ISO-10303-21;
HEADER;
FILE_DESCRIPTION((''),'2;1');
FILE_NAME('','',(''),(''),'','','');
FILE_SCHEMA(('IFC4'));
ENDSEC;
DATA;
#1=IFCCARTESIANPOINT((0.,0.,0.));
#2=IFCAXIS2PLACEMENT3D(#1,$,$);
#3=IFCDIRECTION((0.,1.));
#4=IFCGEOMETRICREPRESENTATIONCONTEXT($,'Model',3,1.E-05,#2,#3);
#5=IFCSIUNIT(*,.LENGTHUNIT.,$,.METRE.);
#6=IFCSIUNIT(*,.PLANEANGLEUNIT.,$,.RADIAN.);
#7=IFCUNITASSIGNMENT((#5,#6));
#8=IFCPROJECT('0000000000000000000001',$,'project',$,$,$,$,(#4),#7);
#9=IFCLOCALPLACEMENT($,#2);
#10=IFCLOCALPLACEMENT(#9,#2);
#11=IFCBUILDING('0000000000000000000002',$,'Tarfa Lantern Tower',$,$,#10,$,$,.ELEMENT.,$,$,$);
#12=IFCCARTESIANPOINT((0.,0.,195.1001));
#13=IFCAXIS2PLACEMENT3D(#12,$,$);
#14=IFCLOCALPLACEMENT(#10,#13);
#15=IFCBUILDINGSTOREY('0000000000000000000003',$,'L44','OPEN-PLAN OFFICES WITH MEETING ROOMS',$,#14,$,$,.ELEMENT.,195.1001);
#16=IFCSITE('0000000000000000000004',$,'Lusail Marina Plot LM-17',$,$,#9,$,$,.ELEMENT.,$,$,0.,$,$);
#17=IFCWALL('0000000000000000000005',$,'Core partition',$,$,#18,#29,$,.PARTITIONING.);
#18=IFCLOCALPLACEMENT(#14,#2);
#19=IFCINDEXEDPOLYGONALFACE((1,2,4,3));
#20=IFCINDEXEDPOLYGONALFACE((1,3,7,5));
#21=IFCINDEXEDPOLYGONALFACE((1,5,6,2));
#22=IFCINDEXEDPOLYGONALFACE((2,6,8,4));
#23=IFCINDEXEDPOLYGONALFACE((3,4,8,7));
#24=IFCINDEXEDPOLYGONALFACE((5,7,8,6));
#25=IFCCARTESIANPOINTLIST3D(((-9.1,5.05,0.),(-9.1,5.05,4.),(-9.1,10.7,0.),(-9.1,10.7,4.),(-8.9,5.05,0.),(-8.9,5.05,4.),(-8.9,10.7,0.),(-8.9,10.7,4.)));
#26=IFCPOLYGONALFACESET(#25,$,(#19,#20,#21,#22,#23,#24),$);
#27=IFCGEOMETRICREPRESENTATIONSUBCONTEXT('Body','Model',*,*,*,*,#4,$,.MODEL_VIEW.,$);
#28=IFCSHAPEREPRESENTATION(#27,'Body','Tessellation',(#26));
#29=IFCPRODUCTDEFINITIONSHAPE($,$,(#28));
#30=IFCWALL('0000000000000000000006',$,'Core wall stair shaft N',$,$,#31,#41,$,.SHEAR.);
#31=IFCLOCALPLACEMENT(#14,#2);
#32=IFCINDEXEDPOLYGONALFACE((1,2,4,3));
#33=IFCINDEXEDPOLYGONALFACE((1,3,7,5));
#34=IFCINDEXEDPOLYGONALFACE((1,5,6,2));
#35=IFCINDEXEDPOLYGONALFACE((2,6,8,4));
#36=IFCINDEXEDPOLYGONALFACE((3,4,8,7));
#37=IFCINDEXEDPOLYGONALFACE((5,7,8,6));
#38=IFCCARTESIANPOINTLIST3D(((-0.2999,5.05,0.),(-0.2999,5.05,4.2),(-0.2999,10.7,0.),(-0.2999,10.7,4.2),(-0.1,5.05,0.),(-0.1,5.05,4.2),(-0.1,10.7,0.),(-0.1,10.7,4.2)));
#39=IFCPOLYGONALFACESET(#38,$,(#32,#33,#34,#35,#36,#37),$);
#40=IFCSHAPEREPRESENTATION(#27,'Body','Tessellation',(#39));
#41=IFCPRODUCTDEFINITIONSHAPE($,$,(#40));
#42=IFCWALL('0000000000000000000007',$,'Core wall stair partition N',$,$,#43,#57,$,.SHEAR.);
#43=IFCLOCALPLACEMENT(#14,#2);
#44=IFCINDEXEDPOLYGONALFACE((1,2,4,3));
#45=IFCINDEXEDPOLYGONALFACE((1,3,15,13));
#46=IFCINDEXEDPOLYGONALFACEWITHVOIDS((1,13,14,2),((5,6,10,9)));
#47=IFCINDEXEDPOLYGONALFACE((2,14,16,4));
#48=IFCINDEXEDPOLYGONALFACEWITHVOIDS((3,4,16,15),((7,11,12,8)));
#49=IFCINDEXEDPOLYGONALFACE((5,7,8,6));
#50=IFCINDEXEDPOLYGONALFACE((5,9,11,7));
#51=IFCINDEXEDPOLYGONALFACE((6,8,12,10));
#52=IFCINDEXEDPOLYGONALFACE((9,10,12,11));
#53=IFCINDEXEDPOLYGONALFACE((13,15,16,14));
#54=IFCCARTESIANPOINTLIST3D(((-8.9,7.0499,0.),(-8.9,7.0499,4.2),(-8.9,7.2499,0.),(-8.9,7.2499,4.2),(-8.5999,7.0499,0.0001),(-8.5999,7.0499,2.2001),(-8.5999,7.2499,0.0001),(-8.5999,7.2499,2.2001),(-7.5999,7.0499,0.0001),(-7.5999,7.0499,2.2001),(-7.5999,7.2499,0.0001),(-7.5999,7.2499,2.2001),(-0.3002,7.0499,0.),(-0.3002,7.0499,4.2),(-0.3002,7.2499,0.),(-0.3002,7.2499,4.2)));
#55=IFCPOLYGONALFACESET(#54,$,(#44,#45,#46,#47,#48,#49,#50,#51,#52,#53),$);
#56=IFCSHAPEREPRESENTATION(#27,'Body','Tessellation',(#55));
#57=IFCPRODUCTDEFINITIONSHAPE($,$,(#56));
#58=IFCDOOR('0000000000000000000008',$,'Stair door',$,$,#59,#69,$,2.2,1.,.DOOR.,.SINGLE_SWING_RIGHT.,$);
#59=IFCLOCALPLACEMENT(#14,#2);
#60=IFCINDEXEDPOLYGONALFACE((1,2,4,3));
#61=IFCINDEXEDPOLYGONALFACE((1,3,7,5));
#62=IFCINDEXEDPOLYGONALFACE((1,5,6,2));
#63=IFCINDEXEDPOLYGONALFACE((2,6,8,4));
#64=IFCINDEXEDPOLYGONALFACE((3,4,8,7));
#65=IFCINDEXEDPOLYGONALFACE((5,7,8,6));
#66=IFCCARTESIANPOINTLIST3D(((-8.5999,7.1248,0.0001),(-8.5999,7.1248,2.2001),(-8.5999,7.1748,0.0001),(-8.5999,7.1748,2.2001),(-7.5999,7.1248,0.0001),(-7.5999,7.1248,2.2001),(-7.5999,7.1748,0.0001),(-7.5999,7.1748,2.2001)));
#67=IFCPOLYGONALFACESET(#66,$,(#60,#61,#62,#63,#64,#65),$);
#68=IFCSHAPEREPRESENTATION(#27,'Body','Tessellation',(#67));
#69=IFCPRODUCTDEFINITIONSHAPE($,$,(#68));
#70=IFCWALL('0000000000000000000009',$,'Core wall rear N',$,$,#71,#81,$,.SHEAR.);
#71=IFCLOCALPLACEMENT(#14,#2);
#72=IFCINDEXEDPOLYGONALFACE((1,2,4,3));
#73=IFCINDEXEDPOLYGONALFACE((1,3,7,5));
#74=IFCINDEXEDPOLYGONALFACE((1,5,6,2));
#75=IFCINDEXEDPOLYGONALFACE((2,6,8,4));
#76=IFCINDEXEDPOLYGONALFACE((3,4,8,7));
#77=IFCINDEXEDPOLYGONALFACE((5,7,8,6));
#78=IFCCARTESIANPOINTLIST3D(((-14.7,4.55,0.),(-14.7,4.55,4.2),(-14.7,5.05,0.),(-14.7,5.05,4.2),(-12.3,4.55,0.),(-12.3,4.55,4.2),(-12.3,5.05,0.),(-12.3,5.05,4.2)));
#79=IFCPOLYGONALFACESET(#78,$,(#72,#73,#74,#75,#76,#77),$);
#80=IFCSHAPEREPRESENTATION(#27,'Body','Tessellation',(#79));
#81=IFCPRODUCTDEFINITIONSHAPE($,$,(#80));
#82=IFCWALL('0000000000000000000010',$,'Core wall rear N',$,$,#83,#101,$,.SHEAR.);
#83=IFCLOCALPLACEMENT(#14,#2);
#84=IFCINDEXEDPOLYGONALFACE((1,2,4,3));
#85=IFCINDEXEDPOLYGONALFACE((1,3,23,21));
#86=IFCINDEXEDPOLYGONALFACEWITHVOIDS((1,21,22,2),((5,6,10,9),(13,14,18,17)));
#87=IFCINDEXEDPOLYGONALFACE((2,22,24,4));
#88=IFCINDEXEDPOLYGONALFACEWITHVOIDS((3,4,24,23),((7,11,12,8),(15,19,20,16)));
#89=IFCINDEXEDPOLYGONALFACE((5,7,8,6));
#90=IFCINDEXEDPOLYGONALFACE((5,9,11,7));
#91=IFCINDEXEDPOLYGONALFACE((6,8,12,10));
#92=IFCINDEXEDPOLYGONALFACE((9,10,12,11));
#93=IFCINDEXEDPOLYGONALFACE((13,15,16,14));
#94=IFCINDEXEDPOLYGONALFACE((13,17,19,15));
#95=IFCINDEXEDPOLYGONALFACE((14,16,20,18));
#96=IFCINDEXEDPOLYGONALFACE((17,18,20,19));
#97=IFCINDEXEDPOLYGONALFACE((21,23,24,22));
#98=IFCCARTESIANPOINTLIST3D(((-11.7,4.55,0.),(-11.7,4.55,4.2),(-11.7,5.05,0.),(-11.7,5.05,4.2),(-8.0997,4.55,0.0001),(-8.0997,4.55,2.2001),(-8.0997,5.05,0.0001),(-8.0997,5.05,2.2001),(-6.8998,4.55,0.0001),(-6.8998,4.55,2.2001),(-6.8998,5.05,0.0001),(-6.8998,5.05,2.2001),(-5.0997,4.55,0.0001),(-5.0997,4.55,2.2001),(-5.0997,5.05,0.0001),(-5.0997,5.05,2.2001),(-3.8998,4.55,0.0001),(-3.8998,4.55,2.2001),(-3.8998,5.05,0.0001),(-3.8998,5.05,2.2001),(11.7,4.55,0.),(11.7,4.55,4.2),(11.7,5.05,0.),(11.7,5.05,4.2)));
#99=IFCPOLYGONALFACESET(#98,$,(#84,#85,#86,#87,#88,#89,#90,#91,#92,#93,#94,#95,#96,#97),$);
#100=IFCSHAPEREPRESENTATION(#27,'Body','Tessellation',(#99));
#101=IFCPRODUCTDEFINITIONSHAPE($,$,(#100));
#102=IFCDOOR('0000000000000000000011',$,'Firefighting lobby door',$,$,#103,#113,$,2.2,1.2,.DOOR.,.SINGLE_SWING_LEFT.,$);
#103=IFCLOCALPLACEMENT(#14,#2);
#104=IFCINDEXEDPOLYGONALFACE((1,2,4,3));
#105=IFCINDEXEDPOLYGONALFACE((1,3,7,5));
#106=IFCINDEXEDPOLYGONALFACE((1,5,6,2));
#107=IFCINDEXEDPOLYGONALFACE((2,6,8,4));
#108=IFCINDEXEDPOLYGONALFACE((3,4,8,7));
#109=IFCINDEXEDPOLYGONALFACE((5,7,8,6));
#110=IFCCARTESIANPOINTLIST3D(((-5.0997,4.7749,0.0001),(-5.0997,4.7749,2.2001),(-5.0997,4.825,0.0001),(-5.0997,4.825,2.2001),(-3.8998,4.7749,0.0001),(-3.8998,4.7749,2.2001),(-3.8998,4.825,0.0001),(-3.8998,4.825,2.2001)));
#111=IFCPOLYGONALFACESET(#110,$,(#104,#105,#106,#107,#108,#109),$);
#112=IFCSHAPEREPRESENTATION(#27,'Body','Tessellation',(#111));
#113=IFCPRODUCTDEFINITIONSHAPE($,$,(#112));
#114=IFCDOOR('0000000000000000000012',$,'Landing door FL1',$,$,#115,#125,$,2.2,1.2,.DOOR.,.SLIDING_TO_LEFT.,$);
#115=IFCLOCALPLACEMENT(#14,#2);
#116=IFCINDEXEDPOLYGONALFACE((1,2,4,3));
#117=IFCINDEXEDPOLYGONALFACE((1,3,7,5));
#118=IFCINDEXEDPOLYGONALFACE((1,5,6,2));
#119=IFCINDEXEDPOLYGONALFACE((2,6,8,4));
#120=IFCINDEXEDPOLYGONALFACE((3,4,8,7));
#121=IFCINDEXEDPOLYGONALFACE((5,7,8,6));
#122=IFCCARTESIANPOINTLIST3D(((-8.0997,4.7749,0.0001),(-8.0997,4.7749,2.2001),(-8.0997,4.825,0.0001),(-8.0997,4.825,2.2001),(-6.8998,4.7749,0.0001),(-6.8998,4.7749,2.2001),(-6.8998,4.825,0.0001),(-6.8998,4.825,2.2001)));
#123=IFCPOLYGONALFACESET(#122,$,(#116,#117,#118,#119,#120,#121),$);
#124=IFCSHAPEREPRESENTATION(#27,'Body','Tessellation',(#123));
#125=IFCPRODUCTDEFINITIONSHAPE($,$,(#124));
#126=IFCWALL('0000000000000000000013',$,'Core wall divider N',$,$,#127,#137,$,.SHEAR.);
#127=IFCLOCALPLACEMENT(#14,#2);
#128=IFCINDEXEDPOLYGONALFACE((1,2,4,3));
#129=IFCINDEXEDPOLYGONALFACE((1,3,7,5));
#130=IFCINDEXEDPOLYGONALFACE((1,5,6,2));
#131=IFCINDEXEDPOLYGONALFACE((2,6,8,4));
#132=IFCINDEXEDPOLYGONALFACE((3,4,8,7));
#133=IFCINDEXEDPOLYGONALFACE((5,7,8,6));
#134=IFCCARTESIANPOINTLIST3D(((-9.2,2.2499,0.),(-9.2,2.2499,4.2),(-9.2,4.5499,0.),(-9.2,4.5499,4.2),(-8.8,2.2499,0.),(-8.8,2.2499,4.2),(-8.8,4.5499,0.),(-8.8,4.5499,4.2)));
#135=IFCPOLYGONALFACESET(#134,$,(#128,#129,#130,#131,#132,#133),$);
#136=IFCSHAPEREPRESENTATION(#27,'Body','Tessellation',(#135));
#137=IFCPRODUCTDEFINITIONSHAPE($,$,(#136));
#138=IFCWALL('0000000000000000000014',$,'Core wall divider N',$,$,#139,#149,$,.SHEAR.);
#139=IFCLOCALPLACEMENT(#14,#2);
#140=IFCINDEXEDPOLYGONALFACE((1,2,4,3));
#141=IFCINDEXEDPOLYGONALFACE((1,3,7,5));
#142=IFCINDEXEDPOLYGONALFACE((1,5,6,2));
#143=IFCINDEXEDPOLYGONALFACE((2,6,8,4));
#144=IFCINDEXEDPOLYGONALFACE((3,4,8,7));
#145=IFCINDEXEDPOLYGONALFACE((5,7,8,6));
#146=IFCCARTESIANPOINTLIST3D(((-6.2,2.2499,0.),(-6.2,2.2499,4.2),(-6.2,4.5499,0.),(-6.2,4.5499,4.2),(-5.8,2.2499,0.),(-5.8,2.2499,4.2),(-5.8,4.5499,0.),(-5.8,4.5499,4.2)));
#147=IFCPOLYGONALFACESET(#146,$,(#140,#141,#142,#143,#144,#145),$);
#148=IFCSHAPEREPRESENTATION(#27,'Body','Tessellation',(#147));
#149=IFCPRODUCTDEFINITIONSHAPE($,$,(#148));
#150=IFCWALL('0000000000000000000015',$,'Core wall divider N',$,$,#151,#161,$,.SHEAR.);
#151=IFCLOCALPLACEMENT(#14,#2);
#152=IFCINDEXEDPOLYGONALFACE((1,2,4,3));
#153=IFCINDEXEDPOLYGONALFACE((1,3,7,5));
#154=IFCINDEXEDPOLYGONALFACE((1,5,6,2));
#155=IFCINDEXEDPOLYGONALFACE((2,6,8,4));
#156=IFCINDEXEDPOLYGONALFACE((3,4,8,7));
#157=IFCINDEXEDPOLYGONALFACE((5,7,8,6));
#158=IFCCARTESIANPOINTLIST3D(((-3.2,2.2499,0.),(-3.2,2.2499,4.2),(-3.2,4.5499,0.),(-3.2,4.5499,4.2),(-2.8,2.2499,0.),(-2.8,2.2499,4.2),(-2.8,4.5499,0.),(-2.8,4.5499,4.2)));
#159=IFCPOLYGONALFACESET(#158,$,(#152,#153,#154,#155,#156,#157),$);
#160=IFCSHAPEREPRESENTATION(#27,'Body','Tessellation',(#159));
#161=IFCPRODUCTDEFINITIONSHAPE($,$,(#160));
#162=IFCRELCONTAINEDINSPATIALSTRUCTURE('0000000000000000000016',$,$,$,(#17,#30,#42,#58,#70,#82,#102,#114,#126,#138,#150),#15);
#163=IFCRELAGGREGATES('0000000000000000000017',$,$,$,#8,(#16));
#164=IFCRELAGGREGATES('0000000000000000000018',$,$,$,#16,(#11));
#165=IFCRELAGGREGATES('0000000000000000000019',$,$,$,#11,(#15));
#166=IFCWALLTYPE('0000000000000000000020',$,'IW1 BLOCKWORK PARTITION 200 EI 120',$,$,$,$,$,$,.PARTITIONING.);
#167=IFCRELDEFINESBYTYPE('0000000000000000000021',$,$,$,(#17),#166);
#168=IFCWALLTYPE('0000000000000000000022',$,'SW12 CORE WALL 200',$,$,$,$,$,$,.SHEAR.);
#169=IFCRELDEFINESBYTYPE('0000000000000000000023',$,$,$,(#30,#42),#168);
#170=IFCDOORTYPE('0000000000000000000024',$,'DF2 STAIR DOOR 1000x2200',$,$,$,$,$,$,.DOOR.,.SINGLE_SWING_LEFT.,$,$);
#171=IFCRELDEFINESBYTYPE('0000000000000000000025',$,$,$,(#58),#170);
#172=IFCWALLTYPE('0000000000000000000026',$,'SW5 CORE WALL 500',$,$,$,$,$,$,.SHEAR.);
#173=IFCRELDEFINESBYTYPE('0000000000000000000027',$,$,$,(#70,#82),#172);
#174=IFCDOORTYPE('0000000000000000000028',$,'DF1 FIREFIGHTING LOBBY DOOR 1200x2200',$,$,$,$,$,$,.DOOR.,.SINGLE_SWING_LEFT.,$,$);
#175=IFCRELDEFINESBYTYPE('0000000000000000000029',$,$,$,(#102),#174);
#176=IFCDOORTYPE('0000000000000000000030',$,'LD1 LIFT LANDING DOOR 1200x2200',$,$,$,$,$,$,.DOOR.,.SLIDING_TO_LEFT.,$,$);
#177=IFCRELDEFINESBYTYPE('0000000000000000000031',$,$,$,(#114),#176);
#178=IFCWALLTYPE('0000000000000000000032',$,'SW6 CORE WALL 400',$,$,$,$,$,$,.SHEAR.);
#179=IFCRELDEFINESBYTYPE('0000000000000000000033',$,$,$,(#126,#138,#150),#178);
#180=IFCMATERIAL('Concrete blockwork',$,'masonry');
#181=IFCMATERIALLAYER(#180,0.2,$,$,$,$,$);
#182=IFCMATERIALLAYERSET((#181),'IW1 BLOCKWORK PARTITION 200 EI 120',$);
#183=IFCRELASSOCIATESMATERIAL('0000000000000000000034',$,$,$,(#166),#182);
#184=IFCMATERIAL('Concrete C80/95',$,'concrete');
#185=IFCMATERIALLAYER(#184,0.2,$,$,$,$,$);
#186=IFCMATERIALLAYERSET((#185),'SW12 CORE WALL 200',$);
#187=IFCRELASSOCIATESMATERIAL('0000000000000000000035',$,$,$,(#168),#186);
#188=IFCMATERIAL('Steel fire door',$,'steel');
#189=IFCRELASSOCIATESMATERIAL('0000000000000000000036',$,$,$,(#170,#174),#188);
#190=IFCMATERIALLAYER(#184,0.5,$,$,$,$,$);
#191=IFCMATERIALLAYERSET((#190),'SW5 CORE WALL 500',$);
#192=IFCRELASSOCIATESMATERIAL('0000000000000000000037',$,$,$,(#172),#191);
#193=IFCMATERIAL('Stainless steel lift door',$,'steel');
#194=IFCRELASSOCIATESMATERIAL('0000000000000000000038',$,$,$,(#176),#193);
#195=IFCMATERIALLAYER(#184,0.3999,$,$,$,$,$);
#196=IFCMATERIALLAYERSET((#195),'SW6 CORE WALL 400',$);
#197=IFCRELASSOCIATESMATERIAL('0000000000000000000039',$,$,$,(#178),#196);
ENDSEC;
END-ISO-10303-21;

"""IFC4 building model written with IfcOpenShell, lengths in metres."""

from ifc_helpers import new_model, si_unit, direction, frame, frame_2d, origin, place, context, subcontext, project, spatial, rectangle, extrude, material, layer, layer_set, type_object, element, fill, save


model = new_model("IFC4")

# Units and contexts
model_context = context("Model", 3, precision=1e-05, world=origin(), true_north=direction((0.0, 1.0)))
body_context = subcontext(model_context, "Body", "Model", "MODEL_VIEW")
ifc_project = project(units=[si_unit("LENGTHUNIT", "METRE"), si_unit("PLANEANGLEUNIT", "RADIAN")], contexts=[model_context])

# Site, building, storey
site_placement = place(None, origin())
site = spatial("IfcSite", under=ifc_project, at=site_placement, Name="Lusail Marina Plot LM-17", CompositionType="ELEMENT", RefElevation=0.0)
building_placement = place(site_placement, origin())
building = spatial("IfcBuilding", under=site, at=building_placement, Name="Tarfa Lantern Tower", CompositionType="ELEMENT")
storey_placement = place(building_placement, frame((0.0, 0.0, 195.1001)))
storey = spatial("IfcBuildingStorey", under=building, at=storey_placement, Name="L44", Description="OPEN-PLAN OFFICES WITH MEETING ROOMS", CompositionType="ELEMENT", Elevation=195.1001)

# Walls
ifc_material_1 = material(Name="Concrete blockwork", Category="masonry")
ifc_layer_1 = layer(ifc_material_1, 0.2)
ifc_layer_set_1 = layer_set([ifc_layer_1], Name="IW1 BLOCKWORK PARTITION 200 EI 120")
wall_type_1 = type_object("IfcWallType", Name="IW1 BLOCKWORK PARTITION 200 EI 120", PredefinedType="PARTITIONING", material=ifc_layer_set_1)
wall_1_placement = place(storey_placement, frame((-9.0, 5.05, 0.0), z_axis=(0.0, 0.0, 1.0), x_axis=(0.0, 1.0, 0.0)))
element("IfcWall", 1, at=wall_1_placement, inside=storey, type_object=wall_type_1, Name="Core partition", PredefinedType="PARTITIONING", context=body_context, shape_type="SweptSolid", body=[
    extrude(rectangle(XDim=5.6499, YDim=0.2, at=frame_2d((2.825, 0.0))), origin(), (0.0, 0.0, 1.0), 4.0),
])
ifc_material_2 = material(Name="Concrete C80/95", Category="concrete")
ifc_layer_2 = layer(ifc_material_2, 0.2)
ifc_layer_set_2 = layer_set([ifc_layer_2], Name="SW12 CORE WALL 200")
wall_type_2 = type_object("IfcWallType", Name="SW12 CORE WALL 200", PredefinedType="SHEAR", material=ifc_layer_set_2)
wall_2_placement = place(storey_placement, frame((-0.2, 5.05, 0.0), z_axis=(0.0, 0.0, 1.0), x_axis=(0.0, 1.0, 0.0)))
element("IfcWall", 2, at=wall_2_placement, inside=storey, type_object=wall_type_2, Name="Core wall stair shaft N", PredefinedType="SHEAR", context=body_context, shape_type="SweptSolid", body=[
    extrude(rectangle(XDim=5.6499, YDim=0.2, at=frame_2d((2.825, 0.0))), origin(), (0.0, 0.0, 1.0), 4.2),
])

# Wall, opening, door
wall_3_placement = place(storey_placement, frame((-8.8999, 7.1499, 0.0), z_axis=(0.0, 0.0, 1.0), x_axis=(1.0, 0.0, 0.0)))
wall_3 = element("IfcWall", 3, at=wall_3_placement, inside=storey, type_object=wall_type_2, Name="Core wall stair partition N", PredefinedType="SHEAR", context=body_context, shape_type="SweptSolid", body=[
    extrude(rectangle(XDim=8.5999, YDim=0.2, at=frame_2d((4.2998, 0.0))), origin(), (0.0, 0.0, 1.0), 4.2),
])
opening_1_placement = place(wall_3_placement, frame((0.3, 0.0, 0.0)))
opening_1 = element("IfcOpeningElement", 4, at=opening_1_placement, cuts=wall_3, PredefinedType="OPENING", context=body_context, shape_type="SweptSolid", body=[
    extrude(rectangle(XDim=1.0, YDim=2.2, at=frame_2d((0.5, 1.1001))), frame((0.0, 0.1099, 0.0), z_axis=(0.0, -1.0, 0.0), x_axis=(1.0, 0.0, 0.0)), (0.0, 0.0, 1.0), 0.22),
])
ifc_material_3 = material(Name="Steel fire door", Category="steel")
door_type_1 = type_object("IfcDoorType", Name="DF2 STAIR DOOR 1000x2200", OperationType="SINGLE_SWING_LEFT", PredefinedType="DOOR", material=ifc_material_3)
door_1_placement = place(opening_1_placement, origin())
door_1 = element("IfcDoor", 5, at=door_1_placement, inside=storey, type_object=door_type_1, Name="Stair door", OperationType="SINGLE_SWING_RIGHT", OverallHeight=2.2, OverallWidth=1.0, PredefinedType="DOOR", context=body_context, shape_type="SweptSolid", body=[
    extrude(rectangle(XDim=1.0, YDim=2.2, at=frame_2d((0.5, 1.1001))), frame((0.0, 0.0249, 0.0), z_axis=(0.0, -1.0, 0.0), x_axis=(1.0, 0.0, 0.0)), (0.0, 0.0, 1.0), 0.05),
])
fill(opening_1, door_1)

# Wall
ifc_layer_3 = layer(ifc_material_2, 0.5)
ifc_layer_set_3 = layer_set([ifc_layer_3], Name="SW5 CORE WALL 500")
wall_type_3 = type_object("IfcWallType", Name="SW5 CORE WALL 500", PredefinedType="SHEAR", material=ifc_layer_set_3)
wall_4_placement = place(storey_placement, frame((-14.7, 4.8, 0.0), z_axis=(0.0, 0.0, 1.0), x_axis=(1.0, 0.0, 0.0)))
element("IfcWall", 6, at=wall_4_placement, inside=storey, type_object=wall_type_3, Name="Core wall rear N", PredefinedType="SHEAR", context=body_context, shape_type="SweptSolid", body=[
    extrude(rectangle(XDim=2.3999, YDim=0.5, at=frame_2d((1.2, 0.0))), origin(), (0.0, 0.0, 1.0), 4.2),
])

# Wall, openings, doors
wall_5_placement = place(storey_placement, frame((-11.7, 4.8, 0.0), z_axis=(0.0, 0.0, 1.0), x_axis=(1.0, 0.0, 0.0)))
wall_5 = element("IfcWall", 7, at=wall_5_placement, inside=storey, type_object=wall_type_3, Name="Core wall rear N", PredefinedType="SHEAR", context=body_context, shape_type="SweptSolid", body=[
    extrude(rectangle(XDim=23.3999, YDim=0.5, at=frame_2d((11.7, 0.0))), origin(), (0.0, 0.0, 1.0), 4.2),
])
opening_2_placement = place(wall_5_placement, frame((6.6001, 0.0, 0.0)))
opening_2 = element("IfcOpeningElement", 8, at=opening_2_placement, cuts=wall_5, PredefinedType="OPENING", context=body_context, shape_type="SweptSolid", body=[
    extrude(rectangle(XDim=1.2, YDim=2.2, at=frame_2d((0.6001, 1.1001))), frame((0.0, 0.26, 0.0), z_axis=(0.0, -1.0, 0.0), x_axis=(1.0, 0.0, 0.0)), (0.0, 0.0, 1.0), 0.52),
])
opening_3_placement = place(wall_5_placement, frame((3.6001, 0.0, 0.0)))
opening_3 = element("IfcOpeningElement", 9, at=opening_3_placement, cuts=wall_5, PredefinedType="OPENING", context=body_context, shape_type="SweptSolid", body=[
    extrude(rectangle(XDim=1.2, YDim=2.2, at=frame_2d((0.6001, 1.1001))), frame((0.0, 0.26, 0.0), z_axis=(0.0, -1.0, 0.0), x_axis=(1.0, 0.0, 0.0)), (0.0, 0.0, 1.0), 0.52),
])
door_type_2 = type_object("IfcDoorType", Name="DF1 FIREFIGHTING LOBBY DOOR 1200x2200", OperationType="SINGLE_SWING_LEFT", PredefinedType="DOOR", material=ifc_material_3)
door_2_placement = place(opening_2_placement, origin())
door_2 = element("IfcDoor", 10, at=door_2_placement, inside=storey, type_object=door_type_2, Name="Firefighting lobby door", OperationType="SINGLE_SWING_LEFT", OverallHeight=2.2, OverallWidth=1.2, PredefinedType="DOOR", context=body_context, shape_type="SweptSolid", body=[
    extrude(rectangle(XDim=1.2, YDim=2.2, at=frame_2d((0.6001, 1.1001))), frame((0.0, 0.0249, 0.0), z_axis=(0.0, -1.0, 0.0), x_axis=(1.0, 0.0, 0.0)), (0.0, 0.0, 1.0), 0.05),
])
fill(opening_2, door_2)
ifc_material_4 = material(Name="Stainless steel lift door", Category="steel")
door_type_3 = type_object("IfcDoorType", Name="LD1 LIFT LANDING DOOR 1200x2200", OperationType="SLIDING_TO_LEFT", PredefinedType="DOOR", material=ifc_material_4)
door_3_placement = place(opening_3_placement, origin())
door_3 = element("IfcDoor", 11, at=door_3_placement, inside=storey, type_object=door_type_3, Name="Landing door FL1", OperationType="SLIDING_TO_LEFT", OverallHeight=2.2, OverallWidth=1.2, PredefinedType="DOOR", context=body_context, shape_type="SweptSolid", body=[
    extrude(rectangle(XDim=1.2, YDim=2.2, at=frame_2d((0.6001, 1.1001))), frame((0.0, 0.0249, 0.0), z_axis=(0.0, -1.0, 0.0), x_axis=(1.0, 0.0, 0.0)), (0.0, 0.0, 1.0), 0.05),
])
fill(opening_3, door_3)

# Walls
ifc_layer_4 = layer(ifc_material_2, 0.3999)
ifc_layer_set_4 = layer_set([ifc_layer_4], Name="SW6 CORE WALL 400")
wall_type_4 = type_object("IfcWallType", Name="SW6 CORE WALL 400", PredefinedType="SHEAR", material=ifc_layer_set_4)
for number, where, z_axis, x_axis, name in (
    (12, (-9.0, 2.25, 0.0), (0.0, 0.0, 1.0), (0.0, 1.0, 0.0), "Core wall divider N"),
    (13, (-6.0, 2.25, 0.0), (0.0, 0.0, 1.0), (0.0, 1.0, 0.0), "Core wall divider N"),
    (14, (-3.0, 2.25, 0.0), (0.0, 0.0, 1.0), (0.0, 1.0, 0.0), "Core wall divider N"),
):
    element("IfcWall", number, at=place(storey_placement, frame(where, z_axis=z_axis, x_axis=x_axis)), inside=storey, type_object=wall_type_4, Name=name, PredefinedType="SHEAR", context=body_context, shape_type="SweptSolid", body=[
        extrude(rectangle(XDim=2.3, YDim=0.3999, at=frame_2d((1.1499, 0.0))), origin(), (0.0, 0.0, 1.0), 4.2),
    ])

save(model, "model.ifc")
